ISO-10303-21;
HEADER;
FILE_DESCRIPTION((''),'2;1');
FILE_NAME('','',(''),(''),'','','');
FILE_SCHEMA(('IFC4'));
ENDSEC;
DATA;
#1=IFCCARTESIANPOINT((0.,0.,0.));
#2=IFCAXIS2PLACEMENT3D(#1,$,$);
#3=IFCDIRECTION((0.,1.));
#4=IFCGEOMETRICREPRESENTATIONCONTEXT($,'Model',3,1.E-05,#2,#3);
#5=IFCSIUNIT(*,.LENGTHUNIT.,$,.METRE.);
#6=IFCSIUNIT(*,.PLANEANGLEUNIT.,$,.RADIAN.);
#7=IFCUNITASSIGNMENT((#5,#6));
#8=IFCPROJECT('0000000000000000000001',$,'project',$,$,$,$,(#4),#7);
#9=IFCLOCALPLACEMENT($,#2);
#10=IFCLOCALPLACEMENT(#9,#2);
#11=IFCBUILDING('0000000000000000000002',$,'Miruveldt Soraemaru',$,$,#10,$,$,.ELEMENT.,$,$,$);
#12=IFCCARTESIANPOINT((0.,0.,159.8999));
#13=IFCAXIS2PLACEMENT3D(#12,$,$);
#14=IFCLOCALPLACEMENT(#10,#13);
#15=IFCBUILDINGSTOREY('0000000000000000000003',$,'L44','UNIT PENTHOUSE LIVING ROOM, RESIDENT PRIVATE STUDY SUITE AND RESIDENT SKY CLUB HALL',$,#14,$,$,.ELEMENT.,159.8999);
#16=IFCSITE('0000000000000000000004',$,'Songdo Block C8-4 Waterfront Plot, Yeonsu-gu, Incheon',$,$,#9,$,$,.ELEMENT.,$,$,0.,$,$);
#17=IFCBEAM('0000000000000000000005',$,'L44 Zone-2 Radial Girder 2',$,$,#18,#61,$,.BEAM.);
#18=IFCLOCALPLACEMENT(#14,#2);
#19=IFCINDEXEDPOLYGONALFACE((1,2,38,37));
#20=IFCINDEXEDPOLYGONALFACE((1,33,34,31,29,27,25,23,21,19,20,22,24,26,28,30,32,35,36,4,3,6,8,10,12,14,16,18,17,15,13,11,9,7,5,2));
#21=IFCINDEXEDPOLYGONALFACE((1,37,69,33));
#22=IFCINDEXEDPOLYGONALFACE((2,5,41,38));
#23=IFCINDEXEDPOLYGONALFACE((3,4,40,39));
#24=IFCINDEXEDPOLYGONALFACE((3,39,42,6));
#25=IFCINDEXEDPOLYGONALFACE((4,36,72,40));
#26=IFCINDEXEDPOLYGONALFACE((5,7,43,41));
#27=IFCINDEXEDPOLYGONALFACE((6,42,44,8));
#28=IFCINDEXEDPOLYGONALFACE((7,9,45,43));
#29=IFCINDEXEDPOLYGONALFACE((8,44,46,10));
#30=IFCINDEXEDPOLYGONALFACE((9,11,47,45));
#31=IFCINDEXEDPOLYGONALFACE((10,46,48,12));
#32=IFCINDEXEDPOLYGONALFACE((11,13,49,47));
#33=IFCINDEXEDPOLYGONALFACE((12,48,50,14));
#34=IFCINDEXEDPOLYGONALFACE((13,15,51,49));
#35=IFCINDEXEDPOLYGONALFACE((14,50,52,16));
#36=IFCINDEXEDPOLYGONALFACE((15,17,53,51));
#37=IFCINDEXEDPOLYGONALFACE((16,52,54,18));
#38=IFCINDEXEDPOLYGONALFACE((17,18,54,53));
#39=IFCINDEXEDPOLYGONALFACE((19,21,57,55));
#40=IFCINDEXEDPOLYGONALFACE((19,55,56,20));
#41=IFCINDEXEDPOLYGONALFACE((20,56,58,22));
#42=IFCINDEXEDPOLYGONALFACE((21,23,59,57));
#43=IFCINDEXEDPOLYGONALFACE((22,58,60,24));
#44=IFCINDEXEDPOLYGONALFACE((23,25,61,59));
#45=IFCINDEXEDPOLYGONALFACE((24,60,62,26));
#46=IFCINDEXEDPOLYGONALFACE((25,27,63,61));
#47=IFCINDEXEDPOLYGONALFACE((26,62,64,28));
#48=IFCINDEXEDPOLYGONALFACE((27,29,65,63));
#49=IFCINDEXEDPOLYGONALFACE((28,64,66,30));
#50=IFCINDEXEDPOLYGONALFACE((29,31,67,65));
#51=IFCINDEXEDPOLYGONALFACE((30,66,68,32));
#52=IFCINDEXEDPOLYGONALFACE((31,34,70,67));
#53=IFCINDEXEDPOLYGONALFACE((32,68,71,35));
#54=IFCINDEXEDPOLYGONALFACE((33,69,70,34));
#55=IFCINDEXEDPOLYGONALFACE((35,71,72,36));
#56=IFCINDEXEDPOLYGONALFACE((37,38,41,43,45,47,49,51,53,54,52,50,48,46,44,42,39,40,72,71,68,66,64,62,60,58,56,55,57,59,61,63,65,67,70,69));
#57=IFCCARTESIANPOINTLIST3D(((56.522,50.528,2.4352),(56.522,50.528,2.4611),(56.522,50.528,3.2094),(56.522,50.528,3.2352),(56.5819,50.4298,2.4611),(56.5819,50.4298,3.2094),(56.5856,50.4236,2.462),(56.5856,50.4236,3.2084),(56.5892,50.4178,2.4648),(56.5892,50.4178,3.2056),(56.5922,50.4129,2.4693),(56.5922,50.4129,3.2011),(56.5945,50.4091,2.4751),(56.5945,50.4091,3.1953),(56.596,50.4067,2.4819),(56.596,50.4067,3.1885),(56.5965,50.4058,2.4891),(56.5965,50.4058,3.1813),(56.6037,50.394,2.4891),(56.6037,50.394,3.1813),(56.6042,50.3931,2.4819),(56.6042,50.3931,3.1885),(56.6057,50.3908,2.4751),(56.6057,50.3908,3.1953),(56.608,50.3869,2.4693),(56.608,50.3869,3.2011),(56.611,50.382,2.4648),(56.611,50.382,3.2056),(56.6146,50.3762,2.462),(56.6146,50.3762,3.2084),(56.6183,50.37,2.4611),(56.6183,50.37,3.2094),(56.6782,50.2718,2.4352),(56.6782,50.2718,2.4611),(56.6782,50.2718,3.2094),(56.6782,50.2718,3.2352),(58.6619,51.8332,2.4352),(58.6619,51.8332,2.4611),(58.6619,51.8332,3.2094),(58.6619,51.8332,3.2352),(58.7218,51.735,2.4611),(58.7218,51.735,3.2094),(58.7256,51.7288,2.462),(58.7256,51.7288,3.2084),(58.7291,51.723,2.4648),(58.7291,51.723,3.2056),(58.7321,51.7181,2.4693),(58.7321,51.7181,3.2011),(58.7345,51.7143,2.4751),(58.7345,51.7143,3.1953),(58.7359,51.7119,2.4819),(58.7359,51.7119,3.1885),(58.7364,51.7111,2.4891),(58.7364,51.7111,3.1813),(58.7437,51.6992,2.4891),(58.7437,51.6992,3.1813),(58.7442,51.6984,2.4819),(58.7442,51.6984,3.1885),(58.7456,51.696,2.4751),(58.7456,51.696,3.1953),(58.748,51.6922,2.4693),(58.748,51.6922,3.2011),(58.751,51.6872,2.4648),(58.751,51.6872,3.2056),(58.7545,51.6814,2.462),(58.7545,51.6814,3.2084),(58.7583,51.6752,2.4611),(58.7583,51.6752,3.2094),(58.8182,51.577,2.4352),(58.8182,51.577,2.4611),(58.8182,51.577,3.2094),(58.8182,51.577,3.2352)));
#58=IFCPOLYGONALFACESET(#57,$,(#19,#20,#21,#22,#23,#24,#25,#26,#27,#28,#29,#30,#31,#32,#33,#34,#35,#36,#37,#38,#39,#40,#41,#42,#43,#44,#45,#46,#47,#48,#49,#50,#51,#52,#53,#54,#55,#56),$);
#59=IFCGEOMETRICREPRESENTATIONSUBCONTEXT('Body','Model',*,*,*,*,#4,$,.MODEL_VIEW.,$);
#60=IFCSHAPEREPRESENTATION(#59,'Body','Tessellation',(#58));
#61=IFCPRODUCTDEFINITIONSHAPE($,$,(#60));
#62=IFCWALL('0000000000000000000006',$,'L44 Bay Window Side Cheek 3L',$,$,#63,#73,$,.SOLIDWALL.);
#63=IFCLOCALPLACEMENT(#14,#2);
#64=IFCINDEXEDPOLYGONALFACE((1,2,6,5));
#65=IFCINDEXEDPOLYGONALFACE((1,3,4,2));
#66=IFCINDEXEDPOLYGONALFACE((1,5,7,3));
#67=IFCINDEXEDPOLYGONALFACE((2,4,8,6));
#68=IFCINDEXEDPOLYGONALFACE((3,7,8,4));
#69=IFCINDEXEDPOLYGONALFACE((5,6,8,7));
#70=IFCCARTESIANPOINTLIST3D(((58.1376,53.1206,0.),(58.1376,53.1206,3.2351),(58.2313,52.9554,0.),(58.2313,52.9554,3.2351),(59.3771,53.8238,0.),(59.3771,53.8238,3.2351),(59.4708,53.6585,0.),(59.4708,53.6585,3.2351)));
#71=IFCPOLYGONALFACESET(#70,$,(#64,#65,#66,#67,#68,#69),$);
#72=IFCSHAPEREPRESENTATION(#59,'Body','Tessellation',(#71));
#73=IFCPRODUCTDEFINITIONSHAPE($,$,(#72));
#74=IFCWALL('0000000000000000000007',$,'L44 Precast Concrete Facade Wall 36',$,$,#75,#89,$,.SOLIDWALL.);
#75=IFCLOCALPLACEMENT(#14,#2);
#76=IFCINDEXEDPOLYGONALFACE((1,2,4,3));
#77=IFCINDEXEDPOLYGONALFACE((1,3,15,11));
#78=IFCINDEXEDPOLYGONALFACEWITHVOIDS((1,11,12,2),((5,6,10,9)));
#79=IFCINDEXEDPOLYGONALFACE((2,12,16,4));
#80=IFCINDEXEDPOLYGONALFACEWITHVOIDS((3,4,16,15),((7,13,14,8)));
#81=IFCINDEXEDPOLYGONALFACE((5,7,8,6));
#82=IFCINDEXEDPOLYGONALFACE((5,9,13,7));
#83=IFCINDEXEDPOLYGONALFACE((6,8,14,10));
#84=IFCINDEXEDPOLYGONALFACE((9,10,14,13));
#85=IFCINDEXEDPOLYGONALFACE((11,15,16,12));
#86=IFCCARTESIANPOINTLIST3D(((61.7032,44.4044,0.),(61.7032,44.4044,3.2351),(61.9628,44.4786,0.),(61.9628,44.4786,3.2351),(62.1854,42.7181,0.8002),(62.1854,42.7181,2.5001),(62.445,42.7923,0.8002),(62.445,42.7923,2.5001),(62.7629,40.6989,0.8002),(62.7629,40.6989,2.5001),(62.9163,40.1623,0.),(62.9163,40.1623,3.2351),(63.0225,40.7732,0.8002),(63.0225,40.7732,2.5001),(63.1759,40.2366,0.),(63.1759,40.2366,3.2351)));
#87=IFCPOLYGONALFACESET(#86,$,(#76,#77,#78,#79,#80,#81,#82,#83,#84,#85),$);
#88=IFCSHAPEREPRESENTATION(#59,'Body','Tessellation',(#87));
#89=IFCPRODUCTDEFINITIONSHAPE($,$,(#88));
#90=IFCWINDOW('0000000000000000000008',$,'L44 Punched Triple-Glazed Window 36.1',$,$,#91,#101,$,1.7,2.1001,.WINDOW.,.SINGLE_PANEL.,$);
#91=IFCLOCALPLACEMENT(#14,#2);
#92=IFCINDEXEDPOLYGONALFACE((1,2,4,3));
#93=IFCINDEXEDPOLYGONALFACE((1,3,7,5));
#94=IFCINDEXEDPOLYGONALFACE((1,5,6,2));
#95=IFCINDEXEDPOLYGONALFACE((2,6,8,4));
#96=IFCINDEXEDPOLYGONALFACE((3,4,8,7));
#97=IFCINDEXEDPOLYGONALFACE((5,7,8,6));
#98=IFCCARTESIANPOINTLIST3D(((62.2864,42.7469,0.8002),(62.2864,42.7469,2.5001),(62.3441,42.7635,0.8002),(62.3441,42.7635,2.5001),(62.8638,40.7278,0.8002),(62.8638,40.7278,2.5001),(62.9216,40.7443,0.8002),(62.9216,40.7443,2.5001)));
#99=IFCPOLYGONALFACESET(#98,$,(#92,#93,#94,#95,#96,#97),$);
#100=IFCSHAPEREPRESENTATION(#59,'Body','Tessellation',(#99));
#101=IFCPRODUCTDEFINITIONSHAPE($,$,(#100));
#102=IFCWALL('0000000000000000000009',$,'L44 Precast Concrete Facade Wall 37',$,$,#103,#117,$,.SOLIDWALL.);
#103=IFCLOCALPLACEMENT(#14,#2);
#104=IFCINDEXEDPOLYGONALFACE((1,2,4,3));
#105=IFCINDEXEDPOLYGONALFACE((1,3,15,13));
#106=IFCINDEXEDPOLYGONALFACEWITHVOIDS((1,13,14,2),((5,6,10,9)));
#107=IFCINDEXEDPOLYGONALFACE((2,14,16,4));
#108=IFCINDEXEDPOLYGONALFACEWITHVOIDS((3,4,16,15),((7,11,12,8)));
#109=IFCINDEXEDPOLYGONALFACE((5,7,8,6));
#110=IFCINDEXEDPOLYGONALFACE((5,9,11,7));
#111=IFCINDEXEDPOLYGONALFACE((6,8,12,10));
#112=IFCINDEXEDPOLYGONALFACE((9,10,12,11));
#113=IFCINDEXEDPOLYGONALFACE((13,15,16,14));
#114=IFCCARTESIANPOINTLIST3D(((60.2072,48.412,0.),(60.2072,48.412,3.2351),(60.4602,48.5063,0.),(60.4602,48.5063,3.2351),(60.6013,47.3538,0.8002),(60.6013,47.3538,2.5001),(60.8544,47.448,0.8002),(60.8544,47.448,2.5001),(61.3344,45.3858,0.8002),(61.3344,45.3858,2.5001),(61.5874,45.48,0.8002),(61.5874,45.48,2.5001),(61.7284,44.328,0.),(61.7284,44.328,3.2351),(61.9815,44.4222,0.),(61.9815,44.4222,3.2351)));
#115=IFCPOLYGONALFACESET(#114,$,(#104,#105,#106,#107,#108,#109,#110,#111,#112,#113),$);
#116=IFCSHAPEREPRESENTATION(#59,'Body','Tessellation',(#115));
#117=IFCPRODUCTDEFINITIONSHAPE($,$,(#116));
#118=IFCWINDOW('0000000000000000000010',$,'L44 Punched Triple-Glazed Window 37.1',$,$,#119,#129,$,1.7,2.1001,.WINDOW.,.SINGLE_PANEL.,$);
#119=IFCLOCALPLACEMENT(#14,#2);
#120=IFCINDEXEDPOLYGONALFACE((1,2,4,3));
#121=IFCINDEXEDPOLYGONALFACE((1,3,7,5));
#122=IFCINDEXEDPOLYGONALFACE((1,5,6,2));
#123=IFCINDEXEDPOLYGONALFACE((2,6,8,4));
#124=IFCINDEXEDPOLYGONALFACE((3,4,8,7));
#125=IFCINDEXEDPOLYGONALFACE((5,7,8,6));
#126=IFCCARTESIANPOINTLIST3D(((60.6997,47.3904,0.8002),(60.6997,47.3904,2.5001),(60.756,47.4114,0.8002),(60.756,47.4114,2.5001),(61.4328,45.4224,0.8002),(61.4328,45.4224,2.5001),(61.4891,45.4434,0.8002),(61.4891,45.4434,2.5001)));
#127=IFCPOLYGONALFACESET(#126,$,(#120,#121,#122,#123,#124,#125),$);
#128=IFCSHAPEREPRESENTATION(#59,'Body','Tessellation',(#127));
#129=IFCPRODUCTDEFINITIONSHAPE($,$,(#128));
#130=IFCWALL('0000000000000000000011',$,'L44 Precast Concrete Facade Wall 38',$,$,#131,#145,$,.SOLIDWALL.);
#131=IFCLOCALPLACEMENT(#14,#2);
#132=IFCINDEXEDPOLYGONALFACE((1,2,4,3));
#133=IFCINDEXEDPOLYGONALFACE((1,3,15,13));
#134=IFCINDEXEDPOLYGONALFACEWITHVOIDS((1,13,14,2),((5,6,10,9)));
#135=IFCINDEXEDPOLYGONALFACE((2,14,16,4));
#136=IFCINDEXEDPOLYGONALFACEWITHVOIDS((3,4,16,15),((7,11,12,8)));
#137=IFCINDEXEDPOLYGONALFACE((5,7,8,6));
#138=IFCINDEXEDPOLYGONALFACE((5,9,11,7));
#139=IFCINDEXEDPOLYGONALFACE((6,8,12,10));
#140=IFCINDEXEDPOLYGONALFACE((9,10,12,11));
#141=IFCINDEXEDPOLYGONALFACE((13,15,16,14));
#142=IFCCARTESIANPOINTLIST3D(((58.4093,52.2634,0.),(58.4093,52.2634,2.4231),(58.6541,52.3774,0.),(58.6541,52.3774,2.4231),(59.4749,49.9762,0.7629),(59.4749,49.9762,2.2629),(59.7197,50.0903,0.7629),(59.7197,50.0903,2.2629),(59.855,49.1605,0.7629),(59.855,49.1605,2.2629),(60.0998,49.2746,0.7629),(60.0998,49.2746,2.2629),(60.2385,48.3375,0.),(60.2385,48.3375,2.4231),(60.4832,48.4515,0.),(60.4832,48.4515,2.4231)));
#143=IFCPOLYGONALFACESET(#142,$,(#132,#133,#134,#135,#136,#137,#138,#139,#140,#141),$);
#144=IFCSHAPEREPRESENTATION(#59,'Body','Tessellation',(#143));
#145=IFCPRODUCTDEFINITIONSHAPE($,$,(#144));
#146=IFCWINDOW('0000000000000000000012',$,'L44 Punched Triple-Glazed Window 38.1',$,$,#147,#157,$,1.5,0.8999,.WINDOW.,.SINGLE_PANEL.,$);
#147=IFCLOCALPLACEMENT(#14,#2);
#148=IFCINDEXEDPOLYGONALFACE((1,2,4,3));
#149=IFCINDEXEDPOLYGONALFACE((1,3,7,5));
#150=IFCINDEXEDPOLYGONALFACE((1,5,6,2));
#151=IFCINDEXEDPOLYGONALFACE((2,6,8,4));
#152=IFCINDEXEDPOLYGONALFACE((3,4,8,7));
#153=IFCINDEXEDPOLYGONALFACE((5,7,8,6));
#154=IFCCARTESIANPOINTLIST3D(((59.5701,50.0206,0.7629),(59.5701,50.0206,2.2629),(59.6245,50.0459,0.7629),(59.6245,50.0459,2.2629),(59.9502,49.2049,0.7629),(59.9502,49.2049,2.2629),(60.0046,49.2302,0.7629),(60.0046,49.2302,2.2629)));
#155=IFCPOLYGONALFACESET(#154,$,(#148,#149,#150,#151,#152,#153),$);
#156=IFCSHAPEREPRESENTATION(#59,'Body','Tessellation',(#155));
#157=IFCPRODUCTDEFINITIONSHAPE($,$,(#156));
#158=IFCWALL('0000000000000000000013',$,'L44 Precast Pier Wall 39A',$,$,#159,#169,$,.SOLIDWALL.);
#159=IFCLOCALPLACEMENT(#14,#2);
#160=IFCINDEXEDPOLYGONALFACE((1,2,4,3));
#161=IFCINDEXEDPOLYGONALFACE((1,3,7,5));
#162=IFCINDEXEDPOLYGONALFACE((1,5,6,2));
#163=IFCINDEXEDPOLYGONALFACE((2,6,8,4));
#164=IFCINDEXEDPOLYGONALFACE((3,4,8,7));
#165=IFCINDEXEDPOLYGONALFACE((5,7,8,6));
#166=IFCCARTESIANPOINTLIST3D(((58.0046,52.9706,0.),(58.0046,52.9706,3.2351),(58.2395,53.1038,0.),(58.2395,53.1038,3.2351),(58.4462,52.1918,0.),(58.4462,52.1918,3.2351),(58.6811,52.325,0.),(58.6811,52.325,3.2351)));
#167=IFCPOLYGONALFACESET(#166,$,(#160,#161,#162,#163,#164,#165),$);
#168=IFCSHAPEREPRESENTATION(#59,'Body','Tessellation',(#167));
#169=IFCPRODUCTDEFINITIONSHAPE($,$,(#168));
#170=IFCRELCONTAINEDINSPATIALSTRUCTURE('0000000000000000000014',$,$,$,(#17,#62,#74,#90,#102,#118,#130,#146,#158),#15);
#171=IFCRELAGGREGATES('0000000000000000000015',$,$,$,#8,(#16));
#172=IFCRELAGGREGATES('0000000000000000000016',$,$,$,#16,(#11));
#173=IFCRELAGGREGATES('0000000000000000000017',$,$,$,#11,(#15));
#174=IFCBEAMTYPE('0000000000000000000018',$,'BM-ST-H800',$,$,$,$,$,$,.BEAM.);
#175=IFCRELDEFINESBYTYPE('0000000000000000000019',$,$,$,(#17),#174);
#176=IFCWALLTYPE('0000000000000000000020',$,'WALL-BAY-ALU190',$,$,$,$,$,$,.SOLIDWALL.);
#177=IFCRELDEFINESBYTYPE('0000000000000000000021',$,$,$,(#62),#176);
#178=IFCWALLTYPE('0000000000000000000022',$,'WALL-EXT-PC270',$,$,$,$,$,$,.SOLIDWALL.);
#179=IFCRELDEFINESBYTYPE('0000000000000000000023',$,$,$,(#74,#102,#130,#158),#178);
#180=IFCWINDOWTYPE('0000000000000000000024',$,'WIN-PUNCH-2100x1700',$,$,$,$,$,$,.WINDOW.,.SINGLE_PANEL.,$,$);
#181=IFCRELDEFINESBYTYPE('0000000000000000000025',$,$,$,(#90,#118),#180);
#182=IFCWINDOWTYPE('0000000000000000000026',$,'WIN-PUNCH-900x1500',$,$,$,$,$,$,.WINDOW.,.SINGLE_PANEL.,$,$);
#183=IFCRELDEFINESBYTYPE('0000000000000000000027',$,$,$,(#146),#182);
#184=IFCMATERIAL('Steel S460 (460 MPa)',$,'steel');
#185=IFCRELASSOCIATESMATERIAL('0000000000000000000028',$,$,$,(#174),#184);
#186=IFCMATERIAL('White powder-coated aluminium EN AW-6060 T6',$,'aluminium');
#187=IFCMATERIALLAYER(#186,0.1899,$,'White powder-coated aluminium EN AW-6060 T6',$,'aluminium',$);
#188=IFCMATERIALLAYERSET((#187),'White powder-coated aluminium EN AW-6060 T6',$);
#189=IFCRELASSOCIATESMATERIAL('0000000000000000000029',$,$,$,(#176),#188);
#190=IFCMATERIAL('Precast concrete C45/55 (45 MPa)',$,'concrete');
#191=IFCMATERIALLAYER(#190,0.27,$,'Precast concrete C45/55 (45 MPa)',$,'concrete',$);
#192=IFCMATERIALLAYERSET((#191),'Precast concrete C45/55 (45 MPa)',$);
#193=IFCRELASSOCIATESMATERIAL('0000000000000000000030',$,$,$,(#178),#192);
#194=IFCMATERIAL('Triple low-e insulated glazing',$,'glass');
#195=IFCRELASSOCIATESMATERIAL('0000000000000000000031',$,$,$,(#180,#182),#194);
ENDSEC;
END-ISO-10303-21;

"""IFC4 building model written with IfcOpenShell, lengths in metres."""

from ifc_helpers import new_model, si_unit, direction, frame, frame_2d, origin, origin_2d, place, context, subcontext, project, spatial, rectangle, i_section, extrude, material, layer, layer_set, material_profile, profile_set, type_object, element, fill, save


model = new_model("IFC4")

# Units and contexts
model_context = context("Model", 3, precision=1e-05, world=origin(), true_north=direction((0.0, 1.0)))
body_context = subcontext(model_context, "Body", "Model", "MODEL_VIEW")
ifc_project = project(units=[si_unit("LENGTHUNIT", "METRE"), si_unit("PLANEANGLEUNIT", "RADIAN")], contexts=[model_context])

# Site, building, storey
site_placement = place(None, origin())
site = spatial("IfcSite", under=ifc_project, at=site_placement, Name="Songdo Block C8-4 Waterfront Plot, Yeonsu-gu, Incheon", CompositionType="ELEMENT", RefElevation=0.0)
building_placement = place(site_placement, origin())
building = spatial("IfcBuilding", under=site, at=building_placement, Name="Miruveldt Soraemaru", CompositionType="ELEMENT")
storey_placement = place(building_placement, frame((0.0, 0.0, 159.8999)))
storey = spatial("IfcBuildingStorey", under=building, at=storey_placement, Name="L44", Description="UNIT PENTHOUSE LIVING ROOM, RESIDENT PRIVATE STUDY SUITE AND RESIDENT SKY CLUB HALL", CompositionType="ELEMENT", Elevation=159.8999)

# Beam
ifc_material_1 = material(Name="Steel S460 (460 MPa)", Category="steel")
ifc_material_profile_1 = material_profile(ifc_material_1, i_section(OverallWidth=0.3, OverallDepth=0.8, WebThickness=0.0139, FlangeThickness=0.0259, FilletRadius=0.0281, at=origin_2d()), Name="Steel S460 (460 MPa)", Category="steel")
ifc_profile_set_1 = profile_set([ifc_material_profile_1], Name="Steel S460 (460 MPa)")
beam_type_1 = type_object("IfcBeamType", Name="BM-ST-H800", PredefinedType="BEAM", material=ifc_profile_set_1)
beam_1_placement = place(storey_placement, frame((56.6001, 50.3999, 2.8352), z_axis=(0.853732, 0.520713, 0.0), x_axis=(-0.520713, 0.853732, 0.0)))
element("IfcBeam", 1, at=beam_1_placement, inside=storey, type_object=beam_type_1, Name="L44 Zone-2 Radial Girder 2", PredefinedType="BEAM", context=body_context, shape_type="SweptSolid", body=[
    extrude(i_section(OverallWidth=0.3, OverallDepth=0.8, WebThickness=0.0139, FlangeThickness=0.0259, FilletRadius=0.0281, at=origin_2d()), origin(), (0.0, 0.0, 1.0), 2.5066),
])

# Wall
ifc_material_2 = material(Name="White powder-coated aluminium EN AW-6060 T6", Category="aluminium")
ifc_layer_1 = layer(ifc_material_2, 0.1899, Name="White powder-coated aluminium EN AW-6060 T6", Category="aluminium")
ifc_layer_set_1 = layer_set([ifc_layer_1], Name="White powder-coated aluminium EN AW-6060 T6")
wall_type_1 = type_object("IfcWallType", Name="WALL-BAY-ALU190", PredefinedType="SOLIDWALL", material=ifc_layer_set_1)
wall_1_placement = place(storey_placement, frame((58.1846, 53.0381, 0.0), z_axis=(0.0, 0.0, 1.0), x_axis=(0.869799, 0.493406, 0.0)))
element("IfcWall", 2, at=wall_1_placement, inside=storey, type_object=wall_type_1, Name="L44 Bay Window Side Cheek 3L", PredefinedType="SOLIDWALL", context=body_context, shape_type="SweptSolid", body=[
    extrude(rectangle(XDim=1.425, YDim=0.1899, at=frame_2d((0.7124, 0.0))), origin(), (0.0, 0.0, 1.0), 3.2351),
])

# Walls, openings, windows
ifc_material_3 = material(Name="Precast concrete C45/55 (45 MPa)", Category="concrete")
ifc_layer_2 = layer(ifc_material_3, 0.27, Name="Precast concrete C45/55 (45 MPa)", Category="concrete")
ifc_layer_set_2 = layer_set([ifc_layer_2], Name="Precast concrete C45/55 (45 MPa)")
wall_type_2 = type_object("IfcWallType", Name="WALL-EXT-PC270", PredefinedType="SOLIDWALL", material=ifc_layer_set_2)
wall_2_placement = place(storey_placement, frame((63.0461, 40.1995, 0.0), z_axis=(0.0, 0.0, 1.0), x_axis=(-0.274962, 0.961455, 0.0)))
wall_2 = element("IfcWall", 3, at=wall_2_placement, inside=storey, type_object=wall_type_2, Name="L44 Precast Concrete Facade Wall 36", PredefinedType="SOLIDWALL", context=body_context, shape_type="SweptSolid", body=[
    extrude(rectangle(XDim=4.4121, YDim=0.27, at=frame_2d((2.2061, 0.0))), origin(), (0.0, 0.0, 1.0), 3.2351),
])
opening_1_placement = place(wall_2_placement, frame((0.5581, 0.0, 0.8)))
opening_1 = element("IfcOpeningElement", 4, at=opening_1_placement, cuts=wall_2, PredefinedType="OPENING", context=body_context, shape_type="SweptSolid", body=[
    extrude(rectangle(XDim=2.1001, YDim=1.7, at=frame_2d((1.05, 0.8501))), frame((0.0, 0.145, 0.0), z_axis=(0.0, -1.0, 0.0), x_axis=(1.0, 0.0, 0.0)), (0.0, 0.0, 1.0), 0.29),
])
ifc_material_4 = material(Name="Triple low-e insulated glazing", Category="glass")
window_type_1 = type_object("IfcWindowType", Name="WIN-PUNCH-2100x1700", PartitioningType="SINGLE_PANEL", PredefinedType="WINDOW", material=ifc_material_4)
window_1_placement = place(opening_1_placement, origin())
window_1 = element("IfcWindow", 5, at=window_1_placement, inside=storey, type_object=window_type_1, Name="L44 Punched Triple-Glazed Window 36.1", OverallHeight=1.7, OverallWidth=2.1001, PartitioningType="SINGLE_PANEL", PredefinedType="WINDOW", context=body_context, shape_type="SweptSolid", body=[
    extrude(rectangle(XDim=2.1001, YDim=1.7, at=frame_2d((1.05, 0.8501))), frame((0.0, 0.03, 0.0), z_axis=(0.0, -1.0, 0.0), x_axis=(1.0, 0.0, 0.0)), (0.0, 0.0, 1.0), 0.0601),
])
fill(opening_1, window_1)
wall_3_placement = place(storey_placement, frame((61.855, 44.375, 0.0), z_axis=(0.0, 0.0, 1.0), x_axis=(-0.34906, 0.9371, 0.0)))
wall_3 = element("IfcWall", 6, at=wall_3_placement, inside=storey, type_object=wall_type_2, Name="L44 Precast Concrete Facade Wall 37", PredefinedType="SOLIDWALL", context=body_context, shape_type="SweptSolid", body=[
    extrude(rectangle(XDim=4.3582, YDim=0.27, at=frame_2d((2.1792, 0.0))), origin(), (0.0, 0.0, 1.0), 3.2351),
])
opening_2_placement = place(wall_3_placement, frame((1.1289, 0.0, 0.8)))
opening_2 = element("IfcOpeningElement", 7, at=opening_2_placement, cuts=wall_3, PredefinedType="OPENING", context=body_context, shape_type="SweptSolid", body=[
    extrude(rectangle(XDim=2.1001, YDim=1.7, at=frame_2d((1.05, 0.8501))), frame((0.0, 0.145, 0.0), z_axis=(0.0, -1.0, 0.0), x_axis=(1.0, 0.0, 0.0)), (0.0, 0.0, 1.0), 0.29),
])
window_2_placement = place(opening_2_placement, origin())
window_2 = element("IfcWindow", 8, at=window_2_placement, inside=storey, type_object=window_type_1, Name="L44 Punched Triple-Glazed Window 37.1", OverallHeight=1.7, OverallWidth=2.1001, PartitioningType="SINGLE_PANEL", PredefinedType="WINDOW", context=body_context, shape_type="SweptSolid", body=[
    extrude(rectangle(XDim=2.1001, YDim=1.7, at=frame_2d((1.05, 0.8501))), frame((0.0, 0.03, 0.0), z_axis=(0.0, -1.0, 0.0), x_axis=(1.0, 0.0, 0.0)), (0.0, 0.0, 1.0), 0.0601),
])
fill(opening_2, window_2)
wall_4_placement = place(storey_placement, frame((60.3608, 48.3945, 0.0), z_axis=(0.0, 0.0, 1.0), x_axis=(-0.42233, 0.906442, 0.0)))
wall_4 = element("IfcWall", 9, at=wall_4_placement, inside=storey, type_object=wall_type_2, Name="L44 Precast Concrete Facade Wall 38", PredefinedType="SOLIDWALL", context=body_context, shape_type="SweptSolid", body=[
    extrude(rectangle(XDim=4.3311, YDim=0.27, at=frame_2d((2.1655, 0.0))), origin(), (0.0, 0.0, 1.0), 2.4231),
])
opening_3_placement = place(wall_4_placement, frame((0.908, 0.0, 0.7629)))
opening_3 = element("IfcOpeningElement", 10, at=opening_3_placement, cuts=wall_4, PredefinedType="OPENING", context=body_context, shape_type="SweptSolid", body=[
    extrude(rectangle(XDim=0.8999, YDim=1.5, at=frame_2d((0.45, 0.75))), frame((0.0, 0.145, 0.0), z_axis=(0.0, -1.0, 0.0), x_axis=(1.0, 0.0, 0.0)), (0.0, 0.0, 1.0), 0.29),
])
window_type_2 = type_object("IfcWindowType", Name="WIN-PUNCH-900x1500", PartitioningType="SINGLE_PANEL", PredefinedType="WINDOW", material=ifc_material_4)
window_3_placement = place(opening_3_placement, origin())
window_3 = element("IfcWindow", 11, at=window_3_placement, inside=storey, type_object=window_type_2, Name="L44 Punched Triple-Glazed Window 38.1", OverallHeight=1.5, OverallWidth=0.8999, PartitioningType="SINGLE_PANEL", PredefinedType="WINDOW", context=body_context, shape_type="SweptSolid", body=[
    extrude(rectangle(XDim=0.8999, YDim=1.5, at=frame_2d((0.45, 0.75))), frame((0.0, 0.03, 0.0), z_axis=(0.0, -1.0, 0.0), x_axis=(1.0, 0.0, 0.0)), (0.0, 0.0, 1.0), 0.0601),
])
fill(opening_3, window_3)

# Wall
wall_5_placement = place(storey_placement, frame((58.5637, 52.2583, 0.0), z_axis=(0.0, 0.0, 1.0), x_axis=(-0.493288, 0.869866, 0.0)))
element("IfcWall", 12, at=wall_5_placement, inside=storey, type_object=wall_type_2, Name="L44 Precast Pier Wall 39A", PredefinedType="SOLIDWALL", context=body_context, shape_type="SweptSolid", body=[
    extrude(rectangle(XDim=0.8953, YDim=0.27, at=frame_2d((0.4478, 0.0))), origin(), (0.0, 0.0, 1.0), 3.2351),
])

save(model, "model.ifc")
